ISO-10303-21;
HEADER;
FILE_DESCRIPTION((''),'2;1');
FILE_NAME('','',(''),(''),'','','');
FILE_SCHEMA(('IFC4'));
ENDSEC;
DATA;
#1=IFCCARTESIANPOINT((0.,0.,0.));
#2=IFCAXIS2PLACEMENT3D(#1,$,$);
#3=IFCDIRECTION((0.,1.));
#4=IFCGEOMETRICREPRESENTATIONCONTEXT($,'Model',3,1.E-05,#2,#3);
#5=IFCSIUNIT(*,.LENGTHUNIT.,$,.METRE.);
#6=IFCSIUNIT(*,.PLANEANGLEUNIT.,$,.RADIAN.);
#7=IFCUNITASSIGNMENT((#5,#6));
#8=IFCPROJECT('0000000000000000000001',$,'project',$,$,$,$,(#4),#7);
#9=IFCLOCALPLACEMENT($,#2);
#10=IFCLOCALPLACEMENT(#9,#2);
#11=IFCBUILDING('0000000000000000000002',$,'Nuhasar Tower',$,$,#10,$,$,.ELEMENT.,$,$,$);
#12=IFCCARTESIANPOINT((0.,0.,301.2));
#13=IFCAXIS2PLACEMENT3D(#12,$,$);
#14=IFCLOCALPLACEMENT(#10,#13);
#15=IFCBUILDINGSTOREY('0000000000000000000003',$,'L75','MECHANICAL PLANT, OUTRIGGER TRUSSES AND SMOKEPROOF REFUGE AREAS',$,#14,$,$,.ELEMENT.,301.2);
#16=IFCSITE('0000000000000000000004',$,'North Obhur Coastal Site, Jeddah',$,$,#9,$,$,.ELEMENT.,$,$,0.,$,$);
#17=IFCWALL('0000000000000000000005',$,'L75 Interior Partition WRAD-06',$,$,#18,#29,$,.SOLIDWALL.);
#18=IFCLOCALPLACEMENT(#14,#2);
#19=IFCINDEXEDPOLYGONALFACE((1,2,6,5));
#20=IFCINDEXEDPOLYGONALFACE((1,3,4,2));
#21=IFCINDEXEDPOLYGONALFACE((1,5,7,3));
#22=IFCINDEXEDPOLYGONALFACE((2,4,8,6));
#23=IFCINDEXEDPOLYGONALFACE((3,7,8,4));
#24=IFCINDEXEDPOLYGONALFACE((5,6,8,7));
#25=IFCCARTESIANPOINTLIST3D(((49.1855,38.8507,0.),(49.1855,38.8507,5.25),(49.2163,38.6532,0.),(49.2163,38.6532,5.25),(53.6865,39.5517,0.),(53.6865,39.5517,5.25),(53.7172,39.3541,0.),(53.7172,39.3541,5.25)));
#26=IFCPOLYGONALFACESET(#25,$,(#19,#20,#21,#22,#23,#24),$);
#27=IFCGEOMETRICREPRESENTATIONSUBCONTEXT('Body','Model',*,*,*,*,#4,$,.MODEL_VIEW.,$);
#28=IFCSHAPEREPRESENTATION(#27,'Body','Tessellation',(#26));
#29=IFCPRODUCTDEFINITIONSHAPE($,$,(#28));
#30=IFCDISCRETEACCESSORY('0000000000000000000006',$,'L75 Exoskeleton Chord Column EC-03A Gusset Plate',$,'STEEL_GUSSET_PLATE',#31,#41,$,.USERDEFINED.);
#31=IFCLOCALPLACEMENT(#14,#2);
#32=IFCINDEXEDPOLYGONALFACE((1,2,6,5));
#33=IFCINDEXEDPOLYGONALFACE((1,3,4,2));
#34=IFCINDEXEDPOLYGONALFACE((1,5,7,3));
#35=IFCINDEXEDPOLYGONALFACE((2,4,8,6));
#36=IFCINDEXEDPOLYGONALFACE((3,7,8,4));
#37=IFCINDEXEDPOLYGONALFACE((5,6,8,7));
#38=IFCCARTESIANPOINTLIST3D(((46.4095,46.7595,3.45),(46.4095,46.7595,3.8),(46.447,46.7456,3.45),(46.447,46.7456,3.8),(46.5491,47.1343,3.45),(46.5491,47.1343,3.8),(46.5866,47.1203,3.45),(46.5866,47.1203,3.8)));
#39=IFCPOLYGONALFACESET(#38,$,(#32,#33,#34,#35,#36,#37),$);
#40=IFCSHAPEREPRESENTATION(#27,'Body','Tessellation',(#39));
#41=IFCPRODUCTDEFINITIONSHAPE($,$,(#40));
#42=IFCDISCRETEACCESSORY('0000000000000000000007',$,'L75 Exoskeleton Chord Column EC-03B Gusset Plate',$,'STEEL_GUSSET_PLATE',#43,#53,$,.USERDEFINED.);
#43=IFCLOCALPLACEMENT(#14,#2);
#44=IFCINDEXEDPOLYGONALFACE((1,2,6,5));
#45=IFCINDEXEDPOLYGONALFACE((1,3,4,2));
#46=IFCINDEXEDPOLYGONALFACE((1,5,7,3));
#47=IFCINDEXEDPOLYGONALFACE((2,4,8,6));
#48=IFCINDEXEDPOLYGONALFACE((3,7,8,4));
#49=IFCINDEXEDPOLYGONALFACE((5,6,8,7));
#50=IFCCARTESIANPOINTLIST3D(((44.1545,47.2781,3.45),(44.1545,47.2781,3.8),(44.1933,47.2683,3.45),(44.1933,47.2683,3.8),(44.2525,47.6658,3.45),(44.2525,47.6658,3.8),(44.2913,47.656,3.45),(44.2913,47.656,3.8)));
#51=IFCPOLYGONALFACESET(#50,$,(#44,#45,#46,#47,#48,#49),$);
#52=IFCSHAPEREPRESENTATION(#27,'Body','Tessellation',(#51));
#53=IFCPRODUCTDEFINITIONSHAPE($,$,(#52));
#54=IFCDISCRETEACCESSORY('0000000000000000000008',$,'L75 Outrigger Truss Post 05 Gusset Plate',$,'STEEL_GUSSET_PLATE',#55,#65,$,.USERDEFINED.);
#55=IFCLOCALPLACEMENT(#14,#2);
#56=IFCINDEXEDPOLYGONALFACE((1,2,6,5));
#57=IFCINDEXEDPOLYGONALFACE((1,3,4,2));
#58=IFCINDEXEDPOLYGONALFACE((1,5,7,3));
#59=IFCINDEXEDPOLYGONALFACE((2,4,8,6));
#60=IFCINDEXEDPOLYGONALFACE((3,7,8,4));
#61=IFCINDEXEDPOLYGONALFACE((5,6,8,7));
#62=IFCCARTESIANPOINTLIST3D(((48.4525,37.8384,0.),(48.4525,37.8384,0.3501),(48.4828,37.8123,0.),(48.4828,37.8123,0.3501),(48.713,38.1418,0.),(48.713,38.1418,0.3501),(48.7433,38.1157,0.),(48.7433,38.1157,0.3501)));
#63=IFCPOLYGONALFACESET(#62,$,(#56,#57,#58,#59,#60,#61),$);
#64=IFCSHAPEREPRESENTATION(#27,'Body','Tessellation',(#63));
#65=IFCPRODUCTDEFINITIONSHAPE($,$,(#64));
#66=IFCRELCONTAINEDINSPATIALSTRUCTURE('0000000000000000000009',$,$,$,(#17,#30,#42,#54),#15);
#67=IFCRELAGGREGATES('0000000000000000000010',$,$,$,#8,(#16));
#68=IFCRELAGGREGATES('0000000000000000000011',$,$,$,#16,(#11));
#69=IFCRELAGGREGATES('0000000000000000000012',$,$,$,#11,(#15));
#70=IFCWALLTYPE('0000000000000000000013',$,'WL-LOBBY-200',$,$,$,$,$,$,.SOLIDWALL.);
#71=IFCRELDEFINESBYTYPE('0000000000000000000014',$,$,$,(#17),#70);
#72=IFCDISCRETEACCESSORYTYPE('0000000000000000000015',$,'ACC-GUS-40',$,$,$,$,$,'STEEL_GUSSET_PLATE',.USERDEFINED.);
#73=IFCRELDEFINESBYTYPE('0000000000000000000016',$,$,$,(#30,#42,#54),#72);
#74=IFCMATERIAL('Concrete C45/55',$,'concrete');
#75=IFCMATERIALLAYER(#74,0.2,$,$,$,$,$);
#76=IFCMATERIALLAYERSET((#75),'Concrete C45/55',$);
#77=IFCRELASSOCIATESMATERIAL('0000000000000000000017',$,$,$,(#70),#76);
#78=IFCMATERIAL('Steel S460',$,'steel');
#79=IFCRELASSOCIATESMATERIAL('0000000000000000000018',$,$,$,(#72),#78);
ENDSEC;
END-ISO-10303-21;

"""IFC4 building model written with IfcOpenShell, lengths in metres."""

from ifc_helpers import new_model, si_unit, direction, frame, frame_2d, origin, origin_2d, place, context, subcontext, project, spatial, rectangle, extrude, material, layer, layer_set, type_object, element, save


model = new_model("IFC4")

# Units and contexts
model_context = context("Model", 3, precision=1e-05, world=origin(), true_north=direction((0.0, 1.0)))
body_context = subcontext(model_context, "Body", "Model", "MODEL_VIEW")
ifc_project = project(units=[si_unit("LENGTHUNIT", "METRE"), si_unit("PLANEANGLEUNIT", "RADIAN")], contexts=[model_context])

# Site, building, storey
site_placement = place(None, origin())
site = spatial("IfcSite", under=ifc_project, at=site_placement, Name="North Obhur Coastal Site, Jeddah", CompositionType="ELEMENT", RefElevation=0.0)
building_placement = place(site_placement, origin())
building = spatial("IfcBuilding", under=site, at=building_placement, Name="Nuhasar Tower", CompositionType="ELEMENT")
storey_placement = place(building_placement, frame((0.0, 0.0, 301.2)))
storey = spatial("IfcBuildingStorey", under=building, at=storey_placement, Name="L75", Description="MECHANICAL PLANT, OUTRIGGER TRUSSES AND SMOKEPROOF REFUGE AREAS", CompositionType="ELEMENT", Elevation=301.2)

# Shared definitions
ifc_material_1 = material(Name="Steel S460", Category="steel")

# Shared definitions
ifc_material_2 = material(Name="Concrete C45/55", Category="concrete")
ifc_layer_1 = layer(ifc_material_2, 0.2)
ifc_layer_set_1 = layer_set([ifc_layer_1], Name="Concrete C45/55")
wall_type_1 = type_object("IfcWallType", Name="WL-LOBBY-200", PredefinedType="SOLIDWALL", material=ifc_layer_set_1)

# Wall
wall_1_placement = place(storey_placement, frame((49.2009, 38.752, 0.0), z_axis=(0.0, 0.0, 1.0), x_axis=(0.988091, 0.153873, 0.0)))
element("IfcWall", 1, at=wall_1_placement, inside=storey, type_object=wall_type_1, Name="L75 Interior Partition WRAD-06", PredefinedType="SOLIDWALL", context=body_context, shape_type="SweptSolid", body=[
    extrude(rectangle(XDim=4.5552, YDim=0.2, at=frame_2d((2.2776, 0.0))), origin(), (0.0, 0.0, 1.0), 5.25),
])

# Discrete accessories
discrete_accessory_type = type_object("IfcDiscreteAccessoryType", Name="ACC-GUS-40", ElementType="STEEL_GUSSET_PLATE", PredefinedType="USERDEFINED", material=ifc_material_1)
for number, where, z_axis, x_axis, name in (
    (2, (46.498, 46.9399, 3.45), (0.0, 0.0, 1.0), (0.348916, 0.937154, 0.0), "L75 Exoskeleton Chord Column EC-03A Gusset Plate"),
    (3, (44.2229, 47.467, 3.45), (0.0, 0.0, 1.0), (0.245037, 0.969514, 0.0), "L75 Exoskeleton Chord Column EC-03B Gusset Plate"),
    (4, (48.5979, 37.9771, 0.0), (0.0, 0.0, 1.0), (0.651463, 0.75868, 0.0), "L75 Outrigger Truss Post 05 Gusset Plate"),
):
    element("IfcDiscreteAccessory", number, at=place(storey_placement, frame(where, z_axis=z_axis, x_axis=x_axis)), inside=storey, type_object=discrete_accessory_type, Name=name, ObjectType="STEEL_GUSSET_PLATE", PredefinedType="USERDEFINED", context=body_context, shape_type="SweptSolid", body=[
        extrude(rectangle(XDim=0.3999, YDim=0.04, at=origin_2d()), origin(), (0.0, 0.0, 1.0), 0.3501),
    ])

save(model, "model.ifc")
